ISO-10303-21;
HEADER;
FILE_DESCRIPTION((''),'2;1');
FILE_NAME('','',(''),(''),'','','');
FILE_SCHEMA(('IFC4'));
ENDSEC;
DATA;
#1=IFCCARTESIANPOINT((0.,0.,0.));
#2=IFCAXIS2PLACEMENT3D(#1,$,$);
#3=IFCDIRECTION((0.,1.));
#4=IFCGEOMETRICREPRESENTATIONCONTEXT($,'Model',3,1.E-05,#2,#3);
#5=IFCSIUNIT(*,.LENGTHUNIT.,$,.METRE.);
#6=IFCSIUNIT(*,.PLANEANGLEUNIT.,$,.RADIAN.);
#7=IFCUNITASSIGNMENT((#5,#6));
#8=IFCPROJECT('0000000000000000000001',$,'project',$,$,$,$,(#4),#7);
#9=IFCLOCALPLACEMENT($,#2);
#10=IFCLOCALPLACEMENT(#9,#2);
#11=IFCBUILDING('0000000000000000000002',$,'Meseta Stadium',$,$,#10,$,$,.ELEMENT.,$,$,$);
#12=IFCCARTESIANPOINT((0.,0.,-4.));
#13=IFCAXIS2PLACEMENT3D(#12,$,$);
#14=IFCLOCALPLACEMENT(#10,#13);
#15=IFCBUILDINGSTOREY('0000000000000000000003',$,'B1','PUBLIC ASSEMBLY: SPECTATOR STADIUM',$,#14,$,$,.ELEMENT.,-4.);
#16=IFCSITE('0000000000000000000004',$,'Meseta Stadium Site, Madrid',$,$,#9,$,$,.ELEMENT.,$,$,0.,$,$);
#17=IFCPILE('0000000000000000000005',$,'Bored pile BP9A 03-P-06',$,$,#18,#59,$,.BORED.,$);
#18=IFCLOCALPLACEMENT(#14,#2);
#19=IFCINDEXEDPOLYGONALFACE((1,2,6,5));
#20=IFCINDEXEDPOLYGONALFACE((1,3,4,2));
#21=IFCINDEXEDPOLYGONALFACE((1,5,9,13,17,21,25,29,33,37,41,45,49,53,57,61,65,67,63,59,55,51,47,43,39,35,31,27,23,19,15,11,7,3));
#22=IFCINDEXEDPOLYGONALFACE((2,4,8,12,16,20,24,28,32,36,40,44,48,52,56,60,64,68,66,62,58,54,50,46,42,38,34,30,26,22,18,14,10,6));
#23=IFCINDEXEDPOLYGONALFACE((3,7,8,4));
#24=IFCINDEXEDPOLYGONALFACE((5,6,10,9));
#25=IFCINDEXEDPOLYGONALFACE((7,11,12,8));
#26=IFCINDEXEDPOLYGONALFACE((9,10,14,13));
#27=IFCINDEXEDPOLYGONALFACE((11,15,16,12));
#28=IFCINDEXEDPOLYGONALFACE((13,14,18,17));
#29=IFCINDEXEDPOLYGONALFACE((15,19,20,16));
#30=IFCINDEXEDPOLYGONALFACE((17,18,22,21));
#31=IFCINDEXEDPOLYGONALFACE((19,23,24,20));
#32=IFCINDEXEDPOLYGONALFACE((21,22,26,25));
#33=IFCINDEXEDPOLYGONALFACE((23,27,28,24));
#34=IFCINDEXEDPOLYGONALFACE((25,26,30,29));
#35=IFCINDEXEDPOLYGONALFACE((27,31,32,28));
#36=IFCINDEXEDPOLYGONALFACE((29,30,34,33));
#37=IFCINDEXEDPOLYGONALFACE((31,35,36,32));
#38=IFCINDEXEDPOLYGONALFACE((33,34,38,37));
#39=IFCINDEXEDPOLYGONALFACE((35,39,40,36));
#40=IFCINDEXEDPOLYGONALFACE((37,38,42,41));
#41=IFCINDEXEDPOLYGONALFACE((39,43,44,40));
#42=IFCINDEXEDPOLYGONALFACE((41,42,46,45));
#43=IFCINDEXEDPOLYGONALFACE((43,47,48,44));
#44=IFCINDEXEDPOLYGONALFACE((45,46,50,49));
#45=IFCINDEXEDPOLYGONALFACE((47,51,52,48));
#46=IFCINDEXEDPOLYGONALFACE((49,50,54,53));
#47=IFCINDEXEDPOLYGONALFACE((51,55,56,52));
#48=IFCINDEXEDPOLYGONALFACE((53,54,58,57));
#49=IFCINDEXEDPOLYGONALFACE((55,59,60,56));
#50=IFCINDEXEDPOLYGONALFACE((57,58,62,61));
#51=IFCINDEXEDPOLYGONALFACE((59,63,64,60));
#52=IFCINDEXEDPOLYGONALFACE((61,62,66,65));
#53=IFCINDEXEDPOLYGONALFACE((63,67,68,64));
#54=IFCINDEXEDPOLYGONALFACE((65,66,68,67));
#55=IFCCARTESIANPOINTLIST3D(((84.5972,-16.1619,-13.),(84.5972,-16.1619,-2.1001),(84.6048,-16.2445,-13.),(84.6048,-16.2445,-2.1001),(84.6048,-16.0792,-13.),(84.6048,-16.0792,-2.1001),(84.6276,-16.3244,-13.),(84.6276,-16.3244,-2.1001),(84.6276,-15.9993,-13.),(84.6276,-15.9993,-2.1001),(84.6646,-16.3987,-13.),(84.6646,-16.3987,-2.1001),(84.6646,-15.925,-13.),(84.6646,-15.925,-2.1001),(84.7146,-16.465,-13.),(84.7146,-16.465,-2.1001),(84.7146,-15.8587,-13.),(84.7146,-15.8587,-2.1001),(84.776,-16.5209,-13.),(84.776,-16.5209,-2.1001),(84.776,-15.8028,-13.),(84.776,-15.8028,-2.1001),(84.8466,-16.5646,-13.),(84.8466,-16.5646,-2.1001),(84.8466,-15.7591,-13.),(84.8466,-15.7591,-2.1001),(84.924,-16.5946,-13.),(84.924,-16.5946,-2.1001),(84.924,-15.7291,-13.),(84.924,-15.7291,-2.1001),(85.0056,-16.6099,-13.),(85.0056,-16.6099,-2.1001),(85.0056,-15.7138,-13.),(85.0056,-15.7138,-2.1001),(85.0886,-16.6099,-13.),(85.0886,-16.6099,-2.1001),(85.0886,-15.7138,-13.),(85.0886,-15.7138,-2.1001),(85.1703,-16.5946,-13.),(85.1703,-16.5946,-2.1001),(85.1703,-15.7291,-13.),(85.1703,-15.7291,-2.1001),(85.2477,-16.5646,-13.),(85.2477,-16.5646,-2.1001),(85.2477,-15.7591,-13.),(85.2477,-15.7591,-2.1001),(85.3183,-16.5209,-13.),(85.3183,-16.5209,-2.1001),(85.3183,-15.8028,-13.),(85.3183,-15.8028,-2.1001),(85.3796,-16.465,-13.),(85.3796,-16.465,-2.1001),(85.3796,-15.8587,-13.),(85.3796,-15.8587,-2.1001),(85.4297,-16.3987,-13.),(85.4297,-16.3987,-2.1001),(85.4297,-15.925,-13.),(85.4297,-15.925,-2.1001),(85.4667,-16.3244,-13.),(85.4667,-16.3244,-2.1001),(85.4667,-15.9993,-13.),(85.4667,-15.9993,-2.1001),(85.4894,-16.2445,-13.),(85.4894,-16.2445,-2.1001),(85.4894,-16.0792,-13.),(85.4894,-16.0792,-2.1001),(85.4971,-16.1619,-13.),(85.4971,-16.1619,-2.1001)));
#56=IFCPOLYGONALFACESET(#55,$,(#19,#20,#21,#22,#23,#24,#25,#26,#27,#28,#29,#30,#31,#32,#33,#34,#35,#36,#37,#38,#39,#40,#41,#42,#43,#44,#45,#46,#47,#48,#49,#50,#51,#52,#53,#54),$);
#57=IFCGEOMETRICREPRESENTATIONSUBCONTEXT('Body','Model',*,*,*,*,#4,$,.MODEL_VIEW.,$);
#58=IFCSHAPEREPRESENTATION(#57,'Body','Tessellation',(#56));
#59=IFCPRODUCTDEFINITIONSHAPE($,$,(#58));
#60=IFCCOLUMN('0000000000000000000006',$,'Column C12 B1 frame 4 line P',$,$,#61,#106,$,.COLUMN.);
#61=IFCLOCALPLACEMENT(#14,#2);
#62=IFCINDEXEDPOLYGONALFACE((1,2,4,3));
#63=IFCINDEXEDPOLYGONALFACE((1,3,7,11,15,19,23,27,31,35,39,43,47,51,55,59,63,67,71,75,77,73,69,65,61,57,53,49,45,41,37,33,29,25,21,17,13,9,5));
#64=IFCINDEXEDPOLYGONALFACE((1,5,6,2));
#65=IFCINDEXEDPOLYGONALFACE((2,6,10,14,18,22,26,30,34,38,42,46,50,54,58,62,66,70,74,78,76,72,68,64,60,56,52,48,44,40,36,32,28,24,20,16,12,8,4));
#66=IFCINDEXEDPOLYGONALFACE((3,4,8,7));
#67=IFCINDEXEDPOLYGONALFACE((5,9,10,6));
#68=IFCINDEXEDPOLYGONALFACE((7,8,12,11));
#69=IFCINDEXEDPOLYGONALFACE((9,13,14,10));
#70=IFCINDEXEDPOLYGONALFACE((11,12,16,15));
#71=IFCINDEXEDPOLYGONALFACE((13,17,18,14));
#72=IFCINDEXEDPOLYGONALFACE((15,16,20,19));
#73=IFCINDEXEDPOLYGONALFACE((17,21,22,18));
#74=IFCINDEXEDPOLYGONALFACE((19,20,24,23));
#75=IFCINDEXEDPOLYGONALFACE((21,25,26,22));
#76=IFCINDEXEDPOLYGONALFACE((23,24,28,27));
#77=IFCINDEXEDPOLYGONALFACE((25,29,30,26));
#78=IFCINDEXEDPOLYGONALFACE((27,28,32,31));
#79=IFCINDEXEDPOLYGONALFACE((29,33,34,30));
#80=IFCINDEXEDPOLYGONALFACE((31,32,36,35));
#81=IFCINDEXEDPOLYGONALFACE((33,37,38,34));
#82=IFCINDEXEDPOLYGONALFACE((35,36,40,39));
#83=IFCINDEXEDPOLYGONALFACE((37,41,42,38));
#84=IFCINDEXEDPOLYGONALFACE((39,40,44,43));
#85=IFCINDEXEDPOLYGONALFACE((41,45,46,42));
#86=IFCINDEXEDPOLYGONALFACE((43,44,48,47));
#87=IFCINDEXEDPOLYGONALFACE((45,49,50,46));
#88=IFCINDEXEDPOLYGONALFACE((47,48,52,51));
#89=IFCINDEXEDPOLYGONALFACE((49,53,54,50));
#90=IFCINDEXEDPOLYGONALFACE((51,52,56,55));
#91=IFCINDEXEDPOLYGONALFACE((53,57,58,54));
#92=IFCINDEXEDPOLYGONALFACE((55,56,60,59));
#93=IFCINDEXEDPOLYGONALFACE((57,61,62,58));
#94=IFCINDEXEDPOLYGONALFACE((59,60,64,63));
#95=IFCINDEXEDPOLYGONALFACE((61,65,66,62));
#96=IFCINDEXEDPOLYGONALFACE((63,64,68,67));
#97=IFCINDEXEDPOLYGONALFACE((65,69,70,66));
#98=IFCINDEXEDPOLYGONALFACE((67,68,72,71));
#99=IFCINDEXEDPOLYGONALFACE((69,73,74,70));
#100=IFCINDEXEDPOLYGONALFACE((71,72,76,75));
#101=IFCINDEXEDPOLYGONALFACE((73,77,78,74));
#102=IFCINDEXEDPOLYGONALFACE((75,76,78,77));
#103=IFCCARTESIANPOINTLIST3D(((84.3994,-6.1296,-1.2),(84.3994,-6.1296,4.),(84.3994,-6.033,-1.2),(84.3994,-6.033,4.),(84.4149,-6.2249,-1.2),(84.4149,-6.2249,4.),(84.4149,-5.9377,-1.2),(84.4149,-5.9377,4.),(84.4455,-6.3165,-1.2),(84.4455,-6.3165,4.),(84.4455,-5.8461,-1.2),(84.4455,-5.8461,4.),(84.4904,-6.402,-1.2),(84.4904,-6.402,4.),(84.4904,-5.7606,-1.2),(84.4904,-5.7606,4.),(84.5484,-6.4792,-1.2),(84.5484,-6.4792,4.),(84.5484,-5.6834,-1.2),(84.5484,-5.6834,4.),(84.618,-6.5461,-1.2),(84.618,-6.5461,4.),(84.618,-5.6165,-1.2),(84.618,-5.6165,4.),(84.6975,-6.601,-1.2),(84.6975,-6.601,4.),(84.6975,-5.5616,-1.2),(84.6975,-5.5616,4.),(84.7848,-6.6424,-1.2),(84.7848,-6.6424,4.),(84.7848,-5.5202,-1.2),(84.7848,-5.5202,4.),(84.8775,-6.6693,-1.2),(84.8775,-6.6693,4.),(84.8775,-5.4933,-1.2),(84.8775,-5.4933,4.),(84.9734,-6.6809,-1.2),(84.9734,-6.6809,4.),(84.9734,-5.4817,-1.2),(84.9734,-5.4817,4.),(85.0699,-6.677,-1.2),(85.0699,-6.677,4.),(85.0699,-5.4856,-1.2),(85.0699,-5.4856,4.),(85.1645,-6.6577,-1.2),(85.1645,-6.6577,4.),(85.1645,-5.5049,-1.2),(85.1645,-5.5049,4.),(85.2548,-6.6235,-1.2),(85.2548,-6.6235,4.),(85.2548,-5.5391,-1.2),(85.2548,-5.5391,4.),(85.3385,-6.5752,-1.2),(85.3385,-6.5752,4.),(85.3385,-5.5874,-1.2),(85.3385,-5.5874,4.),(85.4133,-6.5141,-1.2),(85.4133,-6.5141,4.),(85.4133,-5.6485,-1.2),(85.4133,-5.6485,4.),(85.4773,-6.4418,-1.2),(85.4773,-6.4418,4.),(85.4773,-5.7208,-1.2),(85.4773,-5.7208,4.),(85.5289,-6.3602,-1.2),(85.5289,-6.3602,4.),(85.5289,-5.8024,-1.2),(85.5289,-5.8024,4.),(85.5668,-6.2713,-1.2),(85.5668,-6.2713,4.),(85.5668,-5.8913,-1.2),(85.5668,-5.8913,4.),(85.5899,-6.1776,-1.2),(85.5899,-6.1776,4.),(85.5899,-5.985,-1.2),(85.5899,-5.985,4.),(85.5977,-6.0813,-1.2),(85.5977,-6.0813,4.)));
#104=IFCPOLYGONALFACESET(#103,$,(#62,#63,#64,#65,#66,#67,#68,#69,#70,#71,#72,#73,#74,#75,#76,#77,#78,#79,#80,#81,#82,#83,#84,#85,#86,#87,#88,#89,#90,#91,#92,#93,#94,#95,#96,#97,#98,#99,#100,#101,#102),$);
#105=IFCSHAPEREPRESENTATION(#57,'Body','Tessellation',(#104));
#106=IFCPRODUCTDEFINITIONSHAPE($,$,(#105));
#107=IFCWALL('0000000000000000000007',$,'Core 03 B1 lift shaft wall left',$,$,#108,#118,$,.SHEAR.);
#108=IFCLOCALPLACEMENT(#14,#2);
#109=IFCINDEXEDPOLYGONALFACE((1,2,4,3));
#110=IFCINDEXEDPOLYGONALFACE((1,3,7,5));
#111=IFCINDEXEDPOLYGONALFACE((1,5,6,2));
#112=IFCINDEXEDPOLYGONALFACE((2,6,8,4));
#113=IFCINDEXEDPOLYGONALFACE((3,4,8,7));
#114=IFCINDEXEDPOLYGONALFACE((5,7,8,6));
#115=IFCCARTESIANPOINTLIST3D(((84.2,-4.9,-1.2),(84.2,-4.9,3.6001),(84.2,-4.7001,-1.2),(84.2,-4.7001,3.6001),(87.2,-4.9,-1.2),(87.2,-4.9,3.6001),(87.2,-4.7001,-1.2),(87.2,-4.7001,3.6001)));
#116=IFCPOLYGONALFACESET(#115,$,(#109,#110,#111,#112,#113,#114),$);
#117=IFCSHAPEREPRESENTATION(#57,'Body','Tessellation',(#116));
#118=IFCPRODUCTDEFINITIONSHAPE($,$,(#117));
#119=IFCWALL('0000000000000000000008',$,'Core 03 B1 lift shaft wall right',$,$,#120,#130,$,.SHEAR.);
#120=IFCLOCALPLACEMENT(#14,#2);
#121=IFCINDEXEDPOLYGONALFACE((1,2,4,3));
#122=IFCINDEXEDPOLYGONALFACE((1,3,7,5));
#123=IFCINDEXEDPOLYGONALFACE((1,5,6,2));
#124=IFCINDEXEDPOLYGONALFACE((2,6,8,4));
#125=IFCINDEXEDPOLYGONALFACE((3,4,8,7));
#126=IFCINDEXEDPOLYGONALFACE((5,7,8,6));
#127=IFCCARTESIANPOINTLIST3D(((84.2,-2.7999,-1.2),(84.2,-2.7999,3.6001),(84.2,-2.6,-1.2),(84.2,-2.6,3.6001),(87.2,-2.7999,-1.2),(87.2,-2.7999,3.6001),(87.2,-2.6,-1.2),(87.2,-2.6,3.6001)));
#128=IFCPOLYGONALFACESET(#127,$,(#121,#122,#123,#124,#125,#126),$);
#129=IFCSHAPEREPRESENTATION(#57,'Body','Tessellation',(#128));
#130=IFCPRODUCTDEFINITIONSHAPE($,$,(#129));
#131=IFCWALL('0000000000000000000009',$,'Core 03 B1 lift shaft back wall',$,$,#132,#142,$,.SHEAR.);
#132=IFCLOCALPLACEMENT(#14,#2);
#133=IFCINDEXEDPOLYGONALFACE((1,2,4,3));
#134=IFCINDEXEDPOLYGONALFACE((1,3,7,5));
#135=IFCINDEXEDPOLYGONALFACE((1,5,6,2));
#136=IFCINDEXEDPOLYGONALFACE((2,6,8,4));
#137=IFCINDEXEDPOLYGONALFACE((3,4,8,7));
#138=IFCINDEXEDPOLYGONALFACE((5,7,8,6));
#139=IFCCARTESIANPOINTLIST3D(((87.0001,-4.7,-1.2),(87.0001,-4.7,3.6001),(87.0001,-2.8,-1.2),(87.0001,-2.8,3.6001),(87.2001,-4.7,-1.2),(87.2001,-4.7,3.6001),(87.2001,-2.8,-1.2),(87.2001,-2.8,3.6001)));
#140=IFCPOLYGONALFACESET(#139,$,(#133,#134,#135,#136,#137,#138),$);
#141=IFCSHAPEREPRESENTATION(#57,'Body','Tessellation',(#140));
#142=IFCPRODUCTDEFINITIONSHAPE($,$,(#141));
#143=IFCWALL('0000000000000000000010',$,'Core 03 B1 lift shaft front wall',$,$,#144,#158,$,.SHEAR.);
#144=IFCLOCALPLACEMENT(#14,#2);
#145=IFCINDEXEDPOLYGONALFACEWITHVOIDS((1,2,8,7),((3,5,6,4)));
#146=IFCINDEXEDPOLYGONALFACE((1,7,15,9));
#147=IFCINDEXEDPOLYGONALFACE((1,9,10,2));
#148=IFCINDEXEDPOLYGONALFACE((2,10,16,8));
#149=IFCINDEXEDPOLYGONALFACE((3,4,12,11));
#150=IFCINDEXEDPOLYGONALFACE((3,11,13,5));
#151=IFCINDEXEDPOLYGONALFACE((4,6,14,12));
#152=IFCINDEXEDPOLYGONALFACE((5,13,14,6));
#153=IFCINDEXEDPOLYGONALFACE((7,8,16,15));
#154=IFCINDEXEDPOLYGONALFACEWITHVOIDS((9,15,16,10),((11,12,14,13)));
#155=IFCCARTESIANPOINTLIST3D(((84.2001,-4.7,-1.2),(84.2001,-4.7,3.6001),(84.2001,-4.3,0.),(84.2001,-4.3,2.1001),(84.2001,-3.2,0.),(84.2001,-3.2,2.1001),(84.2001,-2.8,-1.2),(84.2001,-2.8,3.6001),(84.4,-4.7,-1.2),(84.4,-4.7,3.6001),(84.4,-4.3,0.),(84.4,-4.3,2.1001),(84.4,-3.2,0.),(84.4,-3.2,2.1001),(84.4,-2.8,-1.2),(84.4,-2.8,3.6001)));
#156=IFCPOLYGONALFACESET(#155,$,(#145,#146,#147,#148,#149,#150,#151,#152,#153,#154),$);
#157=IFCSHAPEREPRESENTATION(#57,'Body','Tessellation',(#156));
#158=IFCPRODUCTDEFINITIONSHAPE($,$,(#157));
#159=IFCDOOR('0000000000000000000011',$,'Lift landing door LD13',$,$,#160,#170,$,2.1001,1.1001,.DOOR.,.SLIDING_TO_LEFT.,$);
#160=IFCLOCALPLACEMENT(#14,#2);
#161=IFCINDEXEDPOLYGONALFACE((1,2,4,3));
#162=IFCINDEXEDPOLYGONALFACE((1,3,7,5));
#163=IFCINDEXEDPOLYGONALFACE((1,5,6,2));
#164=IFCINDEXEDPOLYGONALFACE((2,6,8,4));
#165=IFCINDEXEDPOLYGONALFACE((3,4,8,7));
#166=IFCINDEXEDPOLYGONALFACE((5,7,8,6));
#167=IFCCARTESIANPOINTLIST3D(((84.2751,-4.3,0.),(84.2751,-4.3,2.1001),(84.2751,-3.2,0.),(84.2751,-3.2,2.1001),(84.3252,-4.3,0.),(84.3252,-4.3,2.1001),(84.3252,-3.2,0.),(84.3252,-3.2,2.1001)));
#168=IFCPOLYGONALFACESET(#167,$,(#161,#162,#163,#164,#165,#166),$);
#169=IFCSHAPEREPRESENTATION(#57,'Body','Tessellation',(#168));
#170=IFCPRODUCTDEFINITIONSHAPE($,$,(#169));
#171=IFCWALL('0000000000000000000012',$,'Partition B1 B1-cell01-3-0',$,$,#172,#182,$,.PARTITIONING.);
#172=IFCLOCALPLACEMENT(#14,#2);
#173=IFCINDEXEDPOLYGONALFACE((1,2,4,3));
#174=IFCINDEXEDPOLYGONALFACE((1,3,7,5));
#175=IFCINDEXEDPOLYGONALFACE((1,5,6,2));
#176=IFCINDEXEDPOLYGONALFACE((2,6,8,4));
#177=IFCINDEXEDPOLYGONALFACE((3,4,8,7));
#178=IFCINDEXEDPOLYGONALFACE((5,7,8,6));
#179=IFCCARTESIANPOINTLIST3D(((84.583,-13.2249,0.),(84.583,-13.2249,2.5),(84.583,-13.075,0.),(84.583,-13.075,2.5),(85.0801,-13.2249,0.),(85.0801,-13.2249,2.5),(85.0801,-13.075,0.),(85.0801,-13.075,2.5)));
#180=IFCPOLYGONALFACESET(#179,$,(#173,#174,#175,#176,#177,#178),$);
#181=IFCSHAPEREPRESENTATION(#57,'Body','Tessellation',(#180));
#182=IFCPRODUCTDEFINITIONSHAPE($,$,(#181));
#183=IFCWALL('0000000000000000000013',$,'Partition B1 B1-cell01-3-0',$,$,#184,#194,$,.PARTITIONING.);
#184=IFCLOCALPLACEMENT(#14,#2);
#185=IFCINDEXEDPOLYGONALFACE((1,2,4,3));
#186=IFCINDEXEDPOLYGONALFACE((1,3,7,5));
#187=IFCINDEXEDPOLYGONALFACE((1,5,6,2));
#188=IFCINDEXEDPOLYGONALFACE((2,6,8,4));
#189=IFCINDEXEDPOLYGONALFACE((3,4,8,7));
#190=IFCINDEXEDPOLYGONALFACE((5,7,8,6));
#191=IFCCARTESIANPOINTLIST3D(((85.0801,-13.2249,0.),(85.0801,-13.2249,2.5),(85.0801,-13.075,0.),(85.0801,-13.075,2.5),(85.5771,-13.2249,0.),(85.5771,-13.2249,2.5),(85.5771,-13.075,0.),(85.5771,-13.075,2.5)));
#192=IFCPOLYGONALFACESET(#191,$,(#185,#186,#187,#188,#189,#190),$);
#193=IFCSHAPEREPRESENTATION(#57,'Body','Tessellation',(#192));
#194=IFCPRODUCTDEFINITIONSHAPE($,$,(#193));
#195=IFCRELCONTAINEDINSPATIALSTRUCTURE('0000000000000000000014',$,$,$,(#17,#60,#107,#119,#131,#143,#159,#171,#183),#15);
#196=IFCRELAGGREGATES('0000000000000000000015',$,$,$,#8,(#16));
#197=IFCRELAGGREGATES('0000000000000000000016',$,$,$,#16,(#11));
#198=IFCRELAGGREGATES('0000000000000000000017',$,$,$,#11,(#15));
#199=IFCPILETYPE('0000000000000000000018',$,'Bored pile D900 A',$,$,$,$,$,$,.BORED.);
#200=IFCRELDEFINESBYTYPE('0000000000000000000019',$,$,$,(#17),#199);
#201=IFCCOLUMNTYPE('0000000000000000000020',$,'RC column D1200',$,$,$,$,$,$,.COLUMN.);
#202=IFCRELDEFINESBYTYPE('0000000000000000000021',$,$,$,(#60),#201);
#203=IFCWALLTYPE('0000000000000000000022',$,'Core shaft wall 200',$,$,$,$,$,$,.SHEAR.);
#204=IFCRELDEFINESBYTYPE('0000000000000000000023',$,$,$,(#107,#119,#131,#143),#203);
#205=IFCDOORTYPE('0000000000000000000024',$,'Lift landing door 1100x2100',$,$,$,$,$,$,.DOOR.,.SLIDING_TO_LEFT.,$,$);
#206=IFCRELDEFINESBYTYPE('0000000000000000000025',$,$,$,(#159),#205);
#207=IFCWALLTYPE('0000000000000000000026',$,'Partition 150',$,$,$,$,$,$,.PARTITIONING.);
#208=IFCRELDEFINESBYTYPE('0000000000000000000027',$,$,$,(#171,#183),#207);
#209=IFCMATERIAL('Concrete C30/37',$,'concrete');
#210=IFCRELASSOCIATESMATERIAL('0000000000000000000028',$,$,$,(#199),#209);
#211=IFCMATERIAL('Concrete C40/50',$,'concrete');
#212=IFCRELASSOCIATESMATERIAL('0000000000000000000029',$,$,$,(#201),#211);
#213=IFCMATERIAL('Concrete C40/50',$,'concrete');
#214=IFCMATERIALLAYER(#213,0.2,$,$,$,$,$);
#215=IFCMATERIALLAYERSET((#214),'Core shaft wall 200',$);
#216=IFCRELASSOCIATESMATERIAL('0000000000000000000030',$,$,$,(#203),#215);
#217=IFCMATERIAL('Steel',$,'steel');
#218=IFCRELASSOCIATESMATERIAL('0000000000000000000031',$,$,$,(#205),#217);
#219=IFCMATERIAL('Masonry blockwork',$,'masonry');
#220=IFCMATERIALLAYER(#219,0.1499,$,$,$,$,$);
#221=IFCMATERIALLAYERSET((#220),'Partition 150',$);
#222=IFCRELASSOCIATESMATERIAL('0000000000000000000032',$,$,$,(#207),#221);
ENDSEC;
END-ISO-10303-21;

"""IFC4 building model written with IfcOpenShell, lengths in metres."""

from ifc_helpers import new_model, si_unit, direction, frame, frame_2d, origin, origin_2d, place, context, subcontext, project, spatial, rectangle, circle, extrude, material, layer, layer_set, material_profile, profile_set, type_object, element, fill, save


model = new_model("IFC4")

# Units and contexts
model_context = context("Model", 3, precision=1e-05, world=origin(), true_north=direction((0.0, 1.0)))
body_context = subcontext(model_context, "Body", "Model", "MODEL_VIEW")
ifc_project = project(units=[si_unit("LENGTHUNIT", "METRE"), si_unit("PLANEANGLEUNIT", "RADIAN")], contexts=[model_context])

# Site, building, storey
site_placement = place(None, origin())
site = spatial("IfcSite", under=ifc_project, at=site_placement, Name="Meseta Stadium Site, Madrid", CompositionType="ELEMENT", RefElevation=0.0)
building_placement = place(site_placement, origin())
building = spatial("IfcBuilding", under=site, at=building_placement, Name="Meseta Stadium", CompositionType="ELEMENT")
storey_placement = place(building_placement, frame((0.0, 0.0, -4.0)))
storey = spatial("IfcBuildingStorey", under=building, at=storey_placement, Name="B1", Description="PUBLIC ASSEMBLY: SPECTATOR STADIUM", CompositionType="ELEMENT", Elevation=-4.0)

# Pile
ifc_material_1 = material(Name="Concrete C30/37", Category="concrete")
ifc_material_profile_1 = material_profile(ifc_material_1, circle(Radius=0.45, at=origin_2d()), Name="D900")
ifc_profile_set_1 = profile_set([ifc_material_profile_1], Name="Concrete C30/37")
pile_type = type_object("IfcPileType", Name="Bored pile D900 A", PredefinedType="BORED", material=ifc_profile_set_1)
pile_placement = place(storey_placement, frame((85.0471, -16.1619, -2.1001), z_axis=(0.0, 0.0, -1.0), x_axis=(1.0, 0.0, 0.0)))
element("IfcPile", 1, at=pile_placement, inside=storey, type_object=pile_type, Name="Bored pile BP9A 03-P-06", PredefinedType="BORED", context=body_context, shape_type="SweptSolid", body=[
    extrude(circle(Radius=0.45, at=origin_2d()), origin(), (0.0, 0.0, 1.0), 10.8999),
])

# Column
ifc_material_2 = material(Name="Concrete C40/50", Category="concrete")
ifc_material_profile_2 = material_profile(ifc_material_2, circle(Radius=0.6001, at=origin_2d()), Name="RC D1200")
ifc_profile_set_2 = profile_set([ifc_material_profile_2], Name="Concrete C40/50")
column_type = type_object("IfcColumnType", Name="RC column D1200", PredefinedType="COLUMN", material=ifc_profile_set_2)
column_placement = place(storey_placement, frame((84.9976, -6.0813, -1.2), z_axis=(0.0, 0.0, 1.0), x_axis=(1.0, 0.0, 0.0)))
element("IfcColumn", 2, at=column_placement, inside=storey, type_object=column_type, Name="Column C12 B1 frame 4 line P", PredefinedType="COLUMN", context=body_context, shape_type="SweptSolid", body=[
    extrude(circle(Radius=0.6001, at=origin_2d()), origin(), (0.0, 0.0, 1.0), 5.2),
])

# Walls
ifc_material_3 = material(Name="Concrete C40/50", Category="concrete")
ifc_layer_1 = layer(ifc_material_3, 0.2)
ifc_layer_set_1 = layer_set([ifc_layer_1], Name="Core shaft wall 200")
wall_type_1 = type_object("IfcWallType", Name="Core shaft wall 200", PredefinedType="SHEAR", material=ifc_layer_set_1)
for number, where, z_axis, x_axis, name in (
    (3, (87.2, -4.8, -1.2), (0.0, 0.0, 1.0), (-1.0, 0.0, 0.0), "Core 03 B1 lift shaft wall left"),
    (4, (87.2, -2.7, -1.2), (0.0, 0.0, 1.0), (-1.0, 0.0, 0.0), "Core 03 B1 lift shaft wall right"),
):
    element("IfcWall", number, at=place(storey_placement, frame(where, z_axis=z_axis, x_axis=x_axis)), inside=storey, type_object=wall_type_1, Name=name, PredefinedType="SHEAR", context=body_context, shape_type="SweptSolid", body=[
        extrude(rectangle(XDim=3.0, YDim=0.2, at=frame_2d((1.5, 0.0))), origin(), (0.0, 0.0, 1.0), 4.8),
    ])
wall_1_placement = place(storey_placement, frame((87.1001, -4.7, -1.2), z_axis=(0.0, 0.0, 1.0), x_axis=(0.0, 1.0, 0.0)))
element("IfcWall", 5, at=wall_1_placement, inside=storey, type_object=wall_type_1, Name="Core 03 B1 lift shaft back wall", PredefinedType="SHEAR", context=body_context, shape_type="SweptSolid", body=[
    extrude(rectangle(XDim=1.8999, YDim=0.2, at=frame_2d((0.95, 0.0))), origin(), (0.0, 0.0, 1.0), 4.8),
])

# Wall, opening, door
wall_2_placement = place(storey_placement, frame((84.3, -4.7, -1.2), z_axis=(0.0, 0.0, 1.0), x_axis=(0.0, 1.0, 0.0)))
wall_2 = element("IfcWall", 6, at=wall_2_placement, inside=storey, type_object=wall_type_1, Name="Core 03 B1 lift shaft front wall", PredefinedType="SHEAR", context=body_context, shape_type="SweptSolid", body=[
    extrude(rectangle(XDim=1.8999, YDim=0.2, at=frame_2d((0.95, 0.0))), origin(), (0.0, 0.0, 1.0), 4.8),
])
opening_1_placement = place(wall_2_placement, frame((0.3999, 0.0, 1.2)))
opening_1 = element("IfcOpeningElement", 7, at=opening_1_placement, cuts=wall_2, PredefinedType="OPENING", context=body_context, shape_type="SweptSolid", body=[
    extrude(rectangle(XDim=1.1001, YDim=2.1001, at=frame_2d((0.55, 1.05))), frame((0.0, 0.1099, 0.0), z_axis=(0.0, -1.0, 0.0), x_axis=(1.0, 0.0, 0.0)), (0.0, 0.0, 1.0), 0.22),
])
ifc_material_4 = material(Name="Steel", Category="steel")
door_type_1 = type_object("IfcDoorType", Name="Lift landing door 1100x2100", OperationType="SLIDING_TO_LEFT", PredefinedType="DOOR", material=ifc_material_4)
door_1_placement = place(opening_1_placement, origin())
door_1 = element("IfcDoor", 8, at=door_1_placement, inside=storey, type_object=door_type_1, Name="Lift landing door LD13", OperationType="SLIDING_TO_LEFT", OverallHeight=2.1001, OverallWidth=1.1001, PredefinedType="DOOR", context=body_context, shape_type="SweptSolid", body=[
    extrude(rectangle(XDim=1.1001, YDim=2.1001, at=frame_2d((0.55, 1.05))), frame((0.0, 0.0249, 0.0), z_axis=(0.0, -1.0, 0.0), x_axis=(1.0, 0.0, 0.0)), (0.0, 0.0, 1.0), 0.05),
])
fill(opening_1, door_1)

# Walls
ifc_material_5 = material(Name="Masonry blockwork", Category="masonry")
ifc_layer_2 = layer(ifc_material_5, 0.1499)
ifc_layer_set_2 = layer_set([ifc_layer_2], Name="Partition 150")
wall_type_2 = type_object("IfcWallType", Name="Partition 150", PredefinedType="PARTITIONING", material=ifc_layer_set_2)
for number, where, z_axis, x_axis, name in (
    (9, (84.583, -13.1499, 0.0), (0.0, 0.0, 1.0), (1.0, 0.0, 0.0), "Partition B1 B1-cell01-3-0"),
    (10, (85.0801, -13.1499, 0.0), (0.0, 0.0, 1.0), (1.0, 0.0, 0.0), "Partition B1 B1-cell01-3-0"),
):
    element("IfcWall", number, at=place(storey_placement, frame(where, z_axis=z_axis, x_axis=x_axis)), inside=storey, type_object=wall_type_2, Name=name, PredefinedType="PARTITIONING", context=body_context, shape_type="SweptSolid", body=[
        extrude(rectangle(XDim=0.4971, YDim=0.1499, at=frame_2d((0.2485, 0.0))), origin(), (0.0, 0.0, 1.0), 2.5),
    ])

save(model, "model.ifc")
